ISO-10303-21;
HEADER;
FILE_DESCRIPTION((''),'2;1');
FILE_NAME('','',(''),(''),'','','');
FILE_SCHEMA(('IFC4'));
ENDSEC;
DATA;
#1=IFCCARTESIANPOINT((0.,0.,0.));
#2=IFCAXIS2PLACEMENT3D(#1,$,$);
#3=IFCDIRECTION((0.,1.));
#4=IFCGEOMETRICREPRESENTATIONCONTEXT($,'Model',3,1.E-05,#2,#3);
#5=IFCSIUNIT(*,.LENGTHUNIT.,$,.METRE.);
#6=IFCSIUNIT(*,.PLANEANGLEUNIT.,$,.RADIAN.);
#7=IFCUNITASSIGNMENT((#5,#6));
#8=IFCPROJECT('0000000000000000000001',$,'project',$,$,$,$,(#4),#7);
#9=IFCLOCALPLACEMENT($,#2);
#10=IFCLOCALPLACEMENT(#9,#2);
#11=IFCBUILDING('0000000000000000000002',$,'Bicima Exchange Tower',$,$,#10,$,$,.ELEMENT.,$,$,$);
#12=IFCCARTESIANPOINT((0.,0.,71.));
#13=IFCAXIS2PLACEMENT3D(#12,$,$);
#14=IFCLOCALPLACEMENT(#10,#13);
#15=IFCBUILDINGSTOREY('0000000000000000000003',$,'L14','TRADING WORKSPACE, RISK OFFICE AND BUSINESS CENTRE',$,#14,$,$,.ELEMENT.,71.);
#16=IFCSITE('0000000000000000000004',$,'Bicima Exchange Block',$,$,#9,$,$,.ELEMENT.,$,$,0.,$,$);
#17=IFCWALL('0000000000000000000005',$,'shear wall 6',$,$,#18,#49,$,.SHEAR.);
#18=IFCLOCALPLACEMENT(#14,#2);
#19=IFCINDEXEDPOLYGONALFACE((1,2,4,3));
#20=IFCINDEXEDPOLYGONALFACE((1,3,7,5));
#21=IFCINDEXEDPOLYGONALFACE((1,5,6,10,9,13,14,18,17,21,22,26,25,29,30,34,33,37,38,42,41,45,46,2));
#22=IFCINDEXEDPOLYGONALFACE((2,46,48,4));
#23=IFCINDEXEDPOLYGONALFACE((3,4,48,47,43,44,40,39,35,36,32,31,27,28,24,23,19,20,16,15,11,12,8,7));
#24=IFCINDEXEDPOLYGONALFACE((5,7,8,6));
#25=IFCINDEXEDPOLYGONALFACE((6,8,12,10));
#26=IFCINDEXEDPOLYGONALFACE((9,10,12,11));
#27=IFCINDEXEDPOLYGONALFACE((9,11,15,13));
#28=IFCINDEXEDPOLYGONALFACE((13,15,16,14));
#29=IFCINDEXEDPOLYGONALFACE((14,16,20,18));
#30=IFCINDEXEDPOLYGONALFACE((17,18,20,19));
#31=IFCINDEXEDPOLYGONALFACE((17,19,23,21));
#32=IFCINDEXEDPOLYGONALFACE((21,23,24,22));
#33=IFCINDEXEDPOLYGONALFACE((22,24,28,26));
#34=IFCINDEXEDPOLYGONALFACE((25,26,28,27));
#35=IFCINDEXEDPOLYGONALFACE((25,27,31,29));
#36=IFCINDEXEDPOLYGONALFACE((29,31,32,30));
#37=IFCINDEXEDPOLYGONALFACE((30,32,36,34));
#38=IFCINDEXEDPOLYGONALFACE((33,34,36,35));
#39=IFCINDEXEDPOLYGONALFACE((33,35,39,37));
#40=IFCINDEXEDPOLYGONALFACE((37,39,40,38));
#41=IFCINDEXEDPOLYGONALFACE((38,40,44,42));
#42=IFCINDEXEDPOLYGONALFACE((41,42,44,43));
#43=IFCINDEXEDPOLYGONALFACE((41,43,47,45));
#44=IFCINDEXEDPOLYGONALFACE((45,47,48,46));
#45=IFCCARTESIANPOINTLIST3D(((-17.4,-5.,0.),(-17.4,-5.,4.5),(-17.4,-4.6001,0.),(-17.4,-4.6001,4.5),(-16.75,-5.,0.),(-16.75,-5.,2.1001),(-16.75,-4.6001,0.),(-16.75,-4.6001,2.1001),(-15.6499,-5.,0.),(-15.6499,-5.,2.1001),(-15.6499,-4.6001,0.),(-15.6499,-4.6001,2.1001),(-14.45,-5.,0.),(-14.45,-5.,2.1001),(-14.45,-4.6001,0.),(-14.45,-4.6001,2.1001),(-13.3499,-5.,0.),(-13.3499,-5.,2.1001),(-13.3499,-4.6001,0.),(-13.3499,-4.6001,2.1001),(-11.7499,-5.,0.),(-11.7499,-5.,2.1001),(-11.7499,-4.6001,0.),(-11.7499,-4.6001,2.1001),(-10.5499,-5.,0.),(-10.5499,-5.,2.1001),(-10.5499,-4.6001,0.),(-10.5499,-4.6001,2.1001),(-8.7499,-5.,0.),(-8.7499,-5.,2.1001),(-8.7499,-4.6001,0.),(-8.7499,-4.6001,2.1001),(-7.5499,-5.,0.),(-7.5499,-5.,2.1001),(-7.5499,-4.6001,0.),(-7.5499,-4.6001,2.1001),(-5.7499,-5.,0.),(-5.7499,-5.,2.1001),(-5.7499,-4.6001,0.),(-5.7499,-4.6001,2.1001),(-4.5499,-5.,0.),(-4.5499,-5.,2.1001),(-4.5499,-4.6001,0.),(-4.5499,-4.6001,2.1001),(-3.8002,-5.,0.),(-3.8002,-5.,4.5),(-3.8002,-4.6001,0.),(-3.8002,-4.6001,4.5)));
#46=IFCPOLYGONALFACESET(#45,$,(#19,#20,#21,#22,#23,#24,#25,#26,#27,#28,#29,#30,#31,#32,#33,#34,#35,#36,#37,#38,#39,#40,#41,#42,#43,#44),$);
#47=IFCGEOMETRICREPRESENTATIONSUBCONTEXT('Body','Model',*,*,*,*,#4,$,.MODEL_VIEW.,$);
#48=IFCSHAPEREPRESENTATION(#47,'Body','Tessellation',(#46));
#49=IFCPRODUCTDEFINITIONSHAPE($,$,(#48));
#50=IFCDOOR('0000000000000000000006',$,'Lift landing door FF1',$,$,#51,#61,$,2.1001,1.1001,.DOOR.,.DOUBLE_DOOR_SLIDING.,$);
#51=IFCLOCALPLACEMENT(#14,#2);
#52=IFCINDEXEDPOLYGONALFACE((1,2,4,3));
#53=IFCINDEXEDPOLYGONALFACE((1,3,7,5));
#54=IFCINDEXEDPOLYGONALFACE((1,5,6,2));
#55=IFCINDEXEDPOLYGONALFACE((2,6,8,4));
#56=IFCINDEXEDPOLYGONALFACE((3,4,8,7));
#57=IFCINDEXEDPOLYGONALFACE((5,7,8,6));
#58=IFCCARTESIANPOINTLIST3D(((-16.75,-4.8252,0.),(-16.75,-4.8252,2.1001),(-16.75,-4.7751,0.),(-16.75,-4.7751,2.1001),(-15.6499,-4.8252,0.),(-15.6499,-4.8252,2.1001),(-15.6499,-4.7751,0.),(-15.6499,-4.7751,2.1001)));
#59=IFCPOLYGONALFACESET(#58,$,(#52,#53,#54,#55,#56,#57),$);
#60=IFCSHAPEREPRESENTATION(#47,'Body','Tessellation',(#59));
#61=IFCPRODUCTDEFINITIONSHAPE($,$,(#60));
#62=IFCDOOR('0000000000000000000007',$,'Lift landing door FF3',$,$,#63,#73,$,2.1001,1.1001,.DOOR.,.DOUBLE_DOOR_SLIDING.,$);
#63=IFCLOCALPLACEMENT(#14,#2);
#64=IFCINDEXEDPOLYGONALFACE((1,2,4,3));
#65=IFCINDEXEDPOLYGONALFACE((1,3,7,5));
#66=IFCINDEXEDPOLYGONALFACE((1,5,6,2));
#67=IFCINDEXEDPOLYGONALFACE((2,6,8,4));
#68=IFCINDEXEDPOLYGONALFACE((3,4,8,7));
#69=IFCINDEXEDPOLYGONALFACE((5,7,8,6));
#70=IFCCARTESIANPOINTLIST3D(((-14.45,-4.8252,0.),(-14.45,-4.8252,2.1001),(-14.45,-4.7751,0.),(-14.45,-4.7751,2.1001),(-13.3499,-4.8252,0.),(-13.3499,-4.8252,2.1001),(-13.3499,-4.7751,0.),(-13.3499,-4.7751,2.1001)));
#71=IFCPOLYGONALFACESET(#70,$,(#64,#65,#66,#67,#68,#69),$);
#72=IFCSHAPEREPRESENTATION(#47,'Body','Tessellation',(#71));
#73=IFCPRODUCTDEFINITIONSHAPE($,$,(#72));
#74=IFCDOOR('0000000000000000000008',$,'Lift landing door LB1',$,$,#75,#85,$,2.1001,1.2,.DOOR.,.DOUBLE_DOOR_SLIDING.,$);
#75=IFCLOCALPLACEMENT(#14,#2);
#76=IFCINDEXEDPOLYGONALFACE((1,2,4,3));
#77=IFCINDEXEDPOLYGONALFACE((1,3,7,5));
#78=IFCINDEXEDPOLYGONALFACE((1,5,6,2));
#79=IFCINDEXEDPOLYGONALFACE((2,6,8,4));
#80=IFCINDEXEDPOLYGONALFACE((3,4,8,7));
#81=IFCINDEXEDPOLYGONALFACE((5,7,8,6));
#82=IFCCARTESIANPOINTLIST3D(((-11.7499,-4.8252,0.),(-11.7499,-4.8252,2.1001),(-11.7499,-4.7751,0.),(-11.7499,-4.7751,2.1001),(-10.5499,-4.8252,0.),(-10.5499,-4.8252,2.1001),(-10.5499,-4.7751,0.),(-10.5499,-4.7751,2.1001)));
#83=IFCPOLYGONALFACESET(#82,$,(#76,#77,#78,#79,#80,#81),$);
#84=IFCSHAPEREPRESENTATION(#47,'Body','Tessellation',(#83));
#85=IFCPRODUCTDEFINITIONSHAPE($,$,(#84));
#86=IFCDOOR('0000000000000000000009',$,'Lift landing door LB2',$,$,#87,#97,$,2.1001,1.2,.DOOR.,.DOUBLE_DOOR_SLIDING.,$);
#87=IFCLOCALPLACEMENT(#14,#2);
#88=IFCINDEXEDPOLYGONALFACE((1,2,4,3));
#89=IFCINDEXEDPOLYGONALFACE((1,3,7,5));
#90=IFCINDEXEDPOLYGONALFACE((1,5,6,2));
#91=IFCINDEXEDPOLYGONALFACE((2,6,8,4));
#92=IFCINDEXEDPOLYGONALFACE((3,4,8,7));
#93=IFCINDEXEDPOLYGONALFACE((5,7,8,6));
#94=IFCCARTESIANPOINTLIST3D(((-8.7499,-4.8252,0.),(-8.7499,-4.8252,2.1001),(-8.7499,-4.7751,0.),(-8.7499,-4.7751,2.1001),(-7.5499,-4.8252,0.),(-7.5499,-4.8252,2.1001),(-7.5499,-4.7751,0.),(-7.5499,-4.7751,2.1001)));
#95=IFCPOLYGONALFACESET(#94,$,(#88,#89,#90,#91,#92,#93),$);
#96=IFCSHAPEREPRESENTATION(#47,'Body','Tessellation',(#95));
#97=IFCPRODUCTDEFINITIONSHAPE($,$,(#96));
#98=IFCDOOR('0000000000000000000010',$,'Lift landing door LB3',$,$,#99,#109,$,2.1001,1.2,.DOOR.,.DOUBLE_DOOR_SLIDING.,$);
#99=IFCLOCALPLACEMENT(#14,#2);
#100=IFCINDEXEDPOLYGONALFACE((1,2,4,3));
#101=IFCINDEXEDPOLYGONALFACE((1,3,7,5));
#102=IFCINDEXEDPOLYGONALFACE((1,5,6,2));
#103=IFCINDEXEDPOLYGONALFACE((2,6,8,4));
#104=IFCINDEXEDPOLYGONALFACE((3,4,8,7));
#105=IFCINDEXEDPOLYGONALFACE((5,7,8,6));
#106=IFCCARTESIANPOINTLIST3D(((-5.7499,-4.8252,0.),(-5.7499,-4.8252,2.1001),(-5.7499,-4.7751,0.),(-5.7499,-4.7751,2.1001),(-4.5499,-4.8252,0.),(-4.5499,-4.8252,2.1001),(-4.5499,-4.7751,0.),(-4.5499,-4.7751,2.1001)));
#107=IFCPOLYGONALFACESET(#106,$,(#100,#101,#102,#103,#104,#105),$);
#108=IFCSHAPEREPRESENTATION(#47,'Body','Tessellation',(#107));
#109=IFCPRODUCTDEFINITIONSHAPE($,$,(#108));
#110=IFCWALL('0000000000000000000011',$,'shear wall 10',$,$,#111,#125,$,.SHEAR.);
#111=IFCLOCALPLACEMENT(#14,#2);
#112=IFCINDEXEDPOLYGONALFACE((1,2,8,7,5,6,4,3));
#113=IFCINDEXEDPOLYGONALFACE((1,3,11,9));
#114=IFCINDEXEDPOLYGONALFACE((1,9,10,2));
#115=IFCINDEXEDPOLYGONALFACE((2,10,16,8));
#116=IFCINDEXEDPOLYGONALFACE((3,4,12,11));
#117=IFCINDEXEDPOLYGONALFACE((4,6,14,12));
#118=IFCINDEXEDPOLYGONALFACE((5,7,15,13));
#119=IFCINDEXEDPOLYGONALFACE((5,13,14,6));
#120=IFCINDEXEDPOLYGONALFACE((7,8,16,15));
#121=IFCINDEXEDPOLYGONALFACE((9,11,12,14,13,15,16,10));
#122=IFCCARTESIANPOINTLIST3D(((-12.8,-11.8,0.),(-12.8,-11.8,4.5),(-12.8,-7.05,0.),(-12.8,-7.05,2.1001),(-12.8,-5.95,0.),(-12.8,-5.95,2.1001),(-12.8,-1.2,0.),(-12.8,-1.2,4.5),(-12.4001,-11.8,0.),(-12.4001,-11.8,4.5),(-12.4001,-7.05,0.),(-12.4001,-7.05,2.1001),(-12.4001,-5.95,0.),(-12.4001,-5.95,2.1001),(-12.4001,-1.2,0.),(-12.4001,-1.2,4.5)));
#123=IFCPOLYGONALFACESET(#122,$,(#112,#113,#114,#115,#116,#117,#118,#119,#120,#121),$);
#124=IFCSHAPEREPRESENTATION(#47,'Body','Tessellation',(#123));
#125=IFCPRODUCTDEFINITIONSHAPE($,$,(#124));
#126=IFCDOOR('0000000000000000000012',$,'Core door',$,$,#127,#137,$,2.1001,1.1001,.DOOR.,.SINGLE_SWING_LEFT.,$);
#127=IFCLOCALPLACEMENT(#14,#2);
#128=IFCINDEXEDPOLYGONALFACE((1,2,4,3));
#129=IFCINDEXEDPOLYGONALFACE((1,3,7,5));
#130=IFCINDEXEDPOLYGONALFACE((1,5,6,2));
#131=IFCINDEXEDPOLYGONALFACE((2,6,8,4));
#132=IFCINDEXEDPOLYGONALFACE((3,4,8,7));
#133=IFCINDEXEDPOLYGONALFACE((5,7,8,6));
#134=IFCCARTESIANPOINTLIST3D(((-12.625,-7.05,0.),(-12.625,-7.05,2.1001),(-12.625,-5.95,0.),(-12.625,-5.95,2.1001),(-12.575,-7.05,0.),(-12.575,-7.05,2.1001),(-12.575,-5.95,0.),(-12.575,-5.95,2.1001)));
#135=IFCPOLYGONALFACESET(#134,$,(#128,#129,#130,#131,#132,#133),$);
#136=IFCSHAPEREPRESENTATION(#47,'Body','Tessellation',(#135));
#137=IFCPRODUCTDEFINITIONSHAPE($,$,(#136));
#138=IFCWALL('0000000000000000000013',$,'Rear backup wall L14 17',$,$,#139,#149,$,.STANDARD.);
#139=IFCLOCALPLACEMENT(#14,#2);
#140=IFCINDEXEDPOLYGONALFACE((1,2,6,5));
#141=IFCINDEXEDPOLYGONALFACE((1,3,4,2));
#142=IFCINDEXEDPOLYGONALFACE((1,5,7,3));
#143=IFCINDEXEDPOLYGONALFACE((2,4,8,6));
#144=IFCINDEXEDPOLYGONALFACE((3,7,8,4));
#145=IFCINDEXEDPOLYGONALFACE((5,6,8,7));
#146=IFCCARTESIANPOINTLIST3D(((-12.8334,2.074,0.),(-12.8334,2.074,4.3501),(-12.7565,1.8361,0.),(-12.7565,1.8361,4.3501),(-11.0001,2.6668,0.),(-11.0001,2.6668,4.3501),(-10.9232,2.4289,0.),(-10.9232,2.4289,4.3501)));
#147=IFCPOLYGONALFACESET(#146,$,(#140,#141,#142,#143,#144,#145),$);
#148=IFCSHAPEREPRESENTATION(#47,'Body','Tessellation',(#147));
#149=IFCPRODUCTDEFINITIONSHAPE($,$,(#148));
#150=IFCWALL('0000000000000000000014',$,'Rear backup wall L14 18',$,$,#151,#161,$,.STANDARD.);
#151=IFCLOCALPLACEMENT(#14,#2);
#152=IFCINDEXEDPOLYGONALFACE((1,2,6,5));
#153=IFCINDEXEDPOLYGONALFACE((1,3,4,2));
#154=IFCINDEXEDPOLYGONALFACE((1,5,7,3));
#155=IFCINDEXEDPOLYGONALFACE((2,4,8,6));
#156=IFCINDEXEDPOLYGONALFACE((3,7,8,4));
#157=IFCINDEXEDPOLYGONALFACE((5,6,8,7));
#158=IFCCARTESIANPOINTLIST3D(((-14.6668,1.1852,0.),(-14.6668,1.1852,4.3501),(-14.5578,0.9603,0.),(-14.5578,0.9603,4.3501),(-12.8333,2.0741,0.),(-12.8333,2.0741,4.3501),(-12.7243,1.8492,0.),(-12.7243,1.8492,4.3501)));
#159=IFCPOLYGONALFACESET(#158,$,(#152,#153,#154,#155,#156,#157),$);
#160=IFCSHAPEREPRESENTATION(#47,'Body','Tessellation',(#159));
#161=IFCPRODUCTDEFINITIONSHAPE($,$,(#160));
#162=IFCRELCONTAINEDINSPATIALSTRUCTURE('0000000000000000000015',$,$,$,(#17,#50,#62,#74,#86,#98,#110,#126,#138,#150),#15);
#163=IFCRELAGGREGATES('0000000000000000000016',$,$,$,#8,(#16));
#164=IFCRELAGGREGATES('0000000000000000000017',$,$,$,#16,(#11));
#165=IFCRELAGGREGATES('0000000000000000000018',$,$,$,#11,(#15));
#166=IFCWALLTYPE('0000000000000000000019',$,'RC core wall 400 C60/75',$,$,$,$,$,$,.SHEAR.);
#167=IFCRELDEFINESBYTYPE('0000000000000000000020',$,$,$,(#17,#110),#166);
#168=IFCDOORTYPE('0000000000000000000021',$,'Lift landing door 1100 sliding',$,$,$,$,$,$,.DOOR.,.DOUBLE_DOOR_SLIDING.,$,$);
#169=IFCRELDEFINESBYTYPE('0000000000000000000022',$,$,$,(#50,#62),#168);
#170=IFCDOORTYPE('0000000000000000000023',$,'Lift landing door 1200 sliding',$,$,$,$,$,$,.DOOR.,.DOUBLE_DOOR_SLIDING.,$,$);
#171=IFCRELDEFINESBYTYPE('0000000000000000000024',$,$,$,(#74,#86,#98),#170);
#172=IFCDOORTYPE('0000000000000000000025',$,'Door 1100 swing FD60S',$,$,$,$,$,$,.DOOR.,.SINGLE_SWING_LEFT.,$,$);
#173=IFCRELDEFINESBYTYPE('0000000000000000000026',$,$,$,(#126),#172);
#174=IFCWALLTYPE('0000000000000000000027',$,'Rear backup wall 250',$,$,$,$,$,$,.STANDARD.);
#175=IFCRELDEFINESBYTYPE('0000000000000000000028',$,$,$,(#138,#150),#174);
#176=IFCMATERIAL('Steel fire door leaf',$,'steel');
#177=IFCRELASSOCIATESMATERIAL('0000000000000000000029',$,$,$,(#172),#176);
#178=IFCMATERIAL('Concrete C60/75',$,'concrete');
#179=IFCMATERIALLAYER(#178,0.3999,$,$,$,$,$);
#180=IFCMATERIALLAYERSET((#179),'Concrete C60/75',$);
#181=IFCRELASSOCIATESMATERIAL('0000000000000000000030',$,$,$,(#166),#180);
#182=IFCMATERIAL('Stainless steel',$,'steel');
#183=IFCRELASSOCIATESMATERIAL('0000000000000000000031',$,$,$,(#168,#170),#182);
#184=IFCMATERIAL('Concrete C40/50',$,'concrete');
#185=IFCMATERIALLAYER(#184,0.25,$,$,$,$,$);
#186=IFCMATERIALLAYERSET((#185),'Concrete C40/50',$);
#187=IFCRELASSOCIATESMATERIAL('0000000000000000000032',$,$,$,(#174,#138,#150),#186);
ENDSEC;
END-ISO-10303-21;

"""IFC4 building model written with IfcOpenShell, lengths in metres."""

from ifc_helpers import new_model, si_unit, direction, frame, frame_2d, origin, place, context, subcontext, project, spatial, rectangle, extrude, material, layer, layer_set, layer_usage, type_object, element, fill, save


model = new_model("IFC4")

# Units and contexts
model_context = context("Model", 3, precision=1e-05, world=origin(), true_north=direction((0.0, 1.0)))
body_context = subcontext(model_context, "Body", "Model", "MODEL_VIEW")
ifc_project = project(units=[si_unit("LENGTHUNIT", "METRE"), si_unit("PLANEANGLEUNIT", "RADIAN")], contexts=[model_context])

# Site, building, storey
site_placement = place(None, origin())
site = spatial("IfcSite", under=ifc_project, at=site_placement, Name="Bicima Exchange Block", CompositionType="ELEMENT", RefElevation=0.0)
building_placement = place(site_placement, origin())
building = spatial("IfcBuilding", under=site, at=building_placement, Name="Bicima Exchange Tower", CompositionType="ELEMENT")
storey_placement = place(building_placement, frame((0.0, 0.0, 71.0)))
storey = spatial("IfcBuildingStorey", under=building, at=storey_placement, Name="L14", Description="TRADING WORKSPACE, RISK OFFICE AND BUSINESS CENTRE", CompositionType="ELEMENT", Elevation=71.0)

# Shared definitions
ifc_material_1 = material(Name="Steel fire door leaf", Category="steel")
door_type_1 = type_object("IfcDoorType", Name="Door 1100 swing FD60S", OperationType="SINGLE_SWING_LEFT", PredefinedType="DOOR", material=ifc_material_1)

# Shared definitions
ifc_material_2 = material(Name="Concrete C60/75", Category="concrete")
ifc_layer_1 = layer(ifc_material_2, 0.3999)
ifc_layer_set_1 = layer_set([ifc_layer_1], Name="Concrete C60/75")
wall_type_1 = type_object("IfcWallType", Name="RC core wall 400 C60/75", PredefinedType="SHEAR", material=ifc_layer_set_1)

# Wall, openings, doors
wall_1_placement = place(storey_placement, frame((-17.3999, -4.8, 0.0), z_axis=(0.0, 0.0, 1.0), x_axis=(1.0, 0.0, 0.0)))
wall_1 = element("IfcWall", 1, at=wall_1_placement, inside=storey, type_object=wall_type_1, Name="shear wall 6", PredefinedType="SHEAR", context=body_context, shape_type="SweptSolid", body=[
    extrude(rectangle(XDim=13.5999, YDim=0.3999, at=frame_2d((6.7998, 0.0))), origin(), (0.0, 0.0, 1.0), 4.5),
])
opening_1_placement = place(wall_1_placement, frame((0.6499, 0.0, 0.0)))
opening_1 = element("IfcOpeningElement", 2, at=opening_1_placement, cuts=wall_1, PredefinedType="OPENING", context=body_context, shape_type="SweptSolid", body=[
    extrude(rectangle(XDim=1.1001, YDim=2.1001, at=frame_2d((0.55, 1.05))), frame((0.0, 0.2119, 0.0), z_axis=(0.0, -1.0, 0.0), x_axis=(1.0, 0.0, 0.0)), (0.0, 0.0, 1.0), 0.4238),
])
opening_2_placement = place(wall_1_placement, frame((2.95, 0.0, 0.0)))
opening_2 = element("IfcOpeningElement", 3, at=opening_2_placement, cuts=wall_1, PredefinedType="OPENING", context=body_context, shape_type="SweptSolid", body=[
    extrude(rectangle(XDim=1.1001, YDim=2.1001, at=frame_2d((0.55, 1.05))), frame((0.0, 0.2119, 0.0), z_axis=(0.0, -1.0, 0.0), x_axis=(1.0, 0.0, 0.0)), (0.0, 0.0, 1.0), 0.4238),
])
opening_3_placement = place(wall_1_placement, frame((5.6499, 0.0, 0.0)))
opening_3 = element("IfcOpeningElement", 4, at=opening_3_placement, cuts=wall_1, PredefinedType="OPENING", context=body_context, shape_type="SweptSolid", body=[
    extrude(rectangle(XDim=1.2, YDim=2.1001, at=frame_2d((0.6001, 1.05))), frame((0.0, 0.2119, 0.0), z_axis=(0.0, -1.0, 0.0), x_axis=(1.0, 0.0, 0.0)), (0.0, 0.0, 1.0), 0.4238),
])
opening_4_placement = place(wall_1_placement, frame((8.6499, 0.0, 0.0)))
opening_4 = element("IfcOpeningElement", 5, at=opening_4_placement, cuts=wall_1, PredefinedType="OPENING", context=body_context, shape_type="SweptSolid", body=[
    extrude(rectangle(XDim=1.2, YDim=2.1001, at=frame_2d((0.6001, 1.05))), frame((0.0, 0.2119, 0.0), z_axis=(0.0, -1.0, 0.0), x_axis=(1.0, 0.0, 0.0)), (0.0, 0.0, 1.0), 0.4238),
])
opening_5_placement = place(wall_1_placement, frame((11.6499, 0.0, 0.0)))
opening_5 = element("IfcOpeningElement", 6, at=opening_5_placement, cuts=wall_1, PredefinedType="OPENING", context=body_context, shape_type="SweptSolid", body=[
    extrude(rectangle(XDim=1.2, YDim=2.1001, at=frame_2d((0.6001, 1.05))), frame((0.0, 0.2119, 0.0), z_axis=(0.0, -1.0, 0.0), x_axis=(1.0, 0.0, 0.0)), (0.0, 0.0, 1.0), 0.4238),
])
ifc_material_3 = material(Name="Stainless steel", Category="steel")
door_type_2 = type_object("IfcDoorType", Name="Lift landing door 1100 sliding", OperationType="DOUBLE_DOOR_SLIDING", PredefinedType="DOOR", material=ifc_material_3)
door_1_placement = place(opening_1_placement, origin())
door_1 = element("IfcDoor", 7, at=door_1_placement, inside=storey, type_object=door_type_2, Name="Lift landing door FF1", OperationType="DOUBLE_DOOR_SLIDING", OverallHeight=2.1001, OverallWidth=1.1001, PredefinedType="DOOR", context=body_context, shape_type="SweptSolid", body=[
    extrude(rectangle(XDim=1.1001, YDim=2.1001, at=frame_2d((0.55, 1.05))), frame((0.0, 0.0249, 0.0), z_axis=(0.0, -1.0, 0.0), x_axis=(1.0, 0.0, 0.0)), (0.0, 0.0, 1.0), 0.05),
])
fill(opening_1, door_1)
door_2_placement = place(opening_2_placement, origin())
door_2 = element("IfcDoor", 8, at=door_2_placement, inside=storey, type_object=door_type_2, Name="Lift landing door FF3", OperationType="DOUBLE_DOOR_SLIDING", OverallHeight=2.1001, OverallWidth=1.1001, PredefinedType="DOOR", context=body_context, shape_type="SweptSolid", body=[
    extrude(rectangle(XDim=1.1001, YDim=2.1001, at=frame_2d((0.55, 1.05))), frame((0.0, 0.0249, 0.0), z_axis=(0.0, -1.0, 0.0), x_axis=(1.0, 0.0, 0.0)), (0.0, 0.0, 1.0), 0.05),
])
fill(opening_2, door_2)
door_type_3 = type_object("IfcDoorType", Name="Lift landing door 1200 sliding", OperationType="DOUBLE_DOOR_SLIDING", PredefinedType="DOOR", material=ifc_material_3)
door_3_placement = place(opening_3_placement, origin())
door_3 = element("IfcDoor", 9, at=door_3_placement, inside=storey, type_object=door_type_3, Name="Lift landing door LB1", OperationType="DOUBLE_DOOR_SLIDING", OverallHeight=2.1001, OverallWidth=1.2, PredefinedType="DOOR", context=body_context, shape_type="SweptSolid", body=[
    extrude(rectangle(XDim=1.2, YDim=2.1001, at=frame_2d((0.6001, 1.05))), frame((0.0, 0.0249, 0.0), z_axis=(0.0, -1.0, 0.0), x_axis=(1.0, 0.0, 0.0)), (0.0, 0.0, 1.0), 0.05),
])
fill(opening_3, door_3)
door_4_placement = place(opening_4_placement, origin())
door_4 = element("IfcDoor", 10, at=door_4_placement, inside=storey, type_object=door_type_3, Name="Lift landing door LB2", OperationType="DOUBLE_DOOR_SLIDING", OverallHeight=2.1001, OverallWidth=1.2, PredefinedType="DOOR", context=body_context, shape_type="SweptSolid", body=[
    extrude(rectangle(XDim=1.2, YDim=2.1001, at=frame_2d((0.6001, 1.05))), frame((0.0, 0.0249, 0.0), z_axis=(0.0, -1.0, 0.0), x_axis=(1.0, 0.0, 0.0)), (0.0, 0.0, 1.0), 0.05),
])
fill(opening_4, door_4)
door_5_placement = place(opening_5_placement, origin())
door_5 = element("IfcDoor", 11, at=door_5_placement, inside=storey, type_object=door_type_3, Name="Lift landing door LB3", OperationType="DOUBLE_DOOR_SLIDING", OverallHeight=2.1001, OverallWidth=1.2, PredefinedType="DOOR", context=body_context, shape_type="SweptSolid", body=[
    extrude(rectangle(XDim=1.2, YDim=2.1001, at=frame_2d((0.6001, 1.05))), frame((0.0, 0.0249, 0.0), z_axis=(0.0, -1.0, 0.0), x_axis=(1.0, 0.0, 0.0)), (0.0, 0.0, 1.0), 0.05),
])
fill(opening_5, door_5)

# Wall, opening, door
wall_2_placement = place(storey_placement, frame((-12.6001, -11.8, 0.0), z_axis=(0.0, 0.0, 1.0), x_axis=(0.0, 1.0, 0.0)))
wall_2 = element("IfcWall", 12, at=wall_2_placement, inside=storey, type_object=wall_type_1, Name="shear wall 10", PredefinedType="SHEAR", context=body_context, shape_type="SweptSolid", body=[
    extrude(rectangle(XDim=10.6001, YDim=0.3999, at=frame_2d((5.3, 0.0))), origin(), (0.0, 0.0, 1.0), 4.5),
])
opening_6_placement = place(wall_2_placement, frame((4.75, 0.0, 0.0)))
opening_6 = element("IfcOpeningElement", 13, at=opening_6_placement, cuts=wall_2, PredefinedType="OPENING", context=body_context, shape_type="SweptSolid", body=[
    extrude(rectangle(XDim=1.1001, YDim=2.1001, at=frame_2d((0.55, 1.05))), frame((0.0, 0.2119, 0.0), z_axis=(0.0, -1.0, 0.0), x_axis=(1.0, 0.0, 0.0)), (0.0, 0.0, 1.0), 0.4238),
])
door_6_placement = place(opening_6_placement, origin())
door_6 = element("IfcDoor", 14, at=door_6_placement, inside=storey, type_object=door_type_1, Name="Core door", OperationType="SINGLE_SWING_LEFT", OverallHeight=2.1001, OverallWidth=1.1001, PredefinedType="DOOR", context=body_context, shape_type="SweptSolid", body=[
    extrude(rectangle(XDim=1.1001, YDim=2.1001, at=frame_2d((0.55, 1.05))), frame((0.0, 0.0249, 0.0), z_axis=(0.0, -1.0, 0.0), x_axis=(1.0, 0.0, 0.0)), (0.0, 0.0, 1.0), 0.05),
])
fill(opening_6, door_6)

# Walls
ifc_material_4 = material(Name="Concrete C40/50", Category="concrete")
ifc_layer_2 = layer(ifc_material_4, 0.25)
ifc_layer_set_2 = layer_set([ifc_layer_2], Name="Concrete C40/50")
ifc_layer_usage = layer_usage(ifc_layer_set_2, "AXIS2", "POSITIVE", -0.125)
wall_type_2 = type_object("IfcWallType", Name="Rear backup wall 250", PredefinedType="STANDARD", material=ifc_layer_set_2)
wall_3_placement = place(storey_placement, frame((-10.9617, 2.5479, 0.0), z_axis=(0.0, 0.0, 1.0), x_axis=(-0.951496, -0.307662, 0.0)))
element("IfcWall", 15, at=wall_3_placement, inside=storey, type_object=wall_type_2, material=ifc_layer_usage, Name="Rear backup wall L14 17", PredefinedType="STANDARD", context=body_context, shape_type="SweptSolid", body=[
    extrude(rectangle(XDim=1.9268, YDim=0.25, at=frame_2d((0.9634, 0.0))), origin(), (0.0, 0.0, 1.0), 4.3501),
])
wall_4_placement = place(storey_placement, frame((-12.7788, 1.9617, 0.0), z_axis=(0.0, 0.0, 1.0), x_axis=(-0.899824, -0.436253, 0.0)))
element("IfcWall", 16, at=wall_4_placement, inside=storey, type_object=wall_type_2, material=ifc_layer_usage, Name="Rear backup wall L14 18", PredefinedType="STANDARD", context=body_context, shape_type="SweptSolid", body=[
    extrude(rectangle(XDim=2.0376, YDim=0.25, at=frame_2d((1.0188, 0.0))), origin(), (0.0, 0.0, 1.0), 4.3501),
])

save(model, "model.ifc")
